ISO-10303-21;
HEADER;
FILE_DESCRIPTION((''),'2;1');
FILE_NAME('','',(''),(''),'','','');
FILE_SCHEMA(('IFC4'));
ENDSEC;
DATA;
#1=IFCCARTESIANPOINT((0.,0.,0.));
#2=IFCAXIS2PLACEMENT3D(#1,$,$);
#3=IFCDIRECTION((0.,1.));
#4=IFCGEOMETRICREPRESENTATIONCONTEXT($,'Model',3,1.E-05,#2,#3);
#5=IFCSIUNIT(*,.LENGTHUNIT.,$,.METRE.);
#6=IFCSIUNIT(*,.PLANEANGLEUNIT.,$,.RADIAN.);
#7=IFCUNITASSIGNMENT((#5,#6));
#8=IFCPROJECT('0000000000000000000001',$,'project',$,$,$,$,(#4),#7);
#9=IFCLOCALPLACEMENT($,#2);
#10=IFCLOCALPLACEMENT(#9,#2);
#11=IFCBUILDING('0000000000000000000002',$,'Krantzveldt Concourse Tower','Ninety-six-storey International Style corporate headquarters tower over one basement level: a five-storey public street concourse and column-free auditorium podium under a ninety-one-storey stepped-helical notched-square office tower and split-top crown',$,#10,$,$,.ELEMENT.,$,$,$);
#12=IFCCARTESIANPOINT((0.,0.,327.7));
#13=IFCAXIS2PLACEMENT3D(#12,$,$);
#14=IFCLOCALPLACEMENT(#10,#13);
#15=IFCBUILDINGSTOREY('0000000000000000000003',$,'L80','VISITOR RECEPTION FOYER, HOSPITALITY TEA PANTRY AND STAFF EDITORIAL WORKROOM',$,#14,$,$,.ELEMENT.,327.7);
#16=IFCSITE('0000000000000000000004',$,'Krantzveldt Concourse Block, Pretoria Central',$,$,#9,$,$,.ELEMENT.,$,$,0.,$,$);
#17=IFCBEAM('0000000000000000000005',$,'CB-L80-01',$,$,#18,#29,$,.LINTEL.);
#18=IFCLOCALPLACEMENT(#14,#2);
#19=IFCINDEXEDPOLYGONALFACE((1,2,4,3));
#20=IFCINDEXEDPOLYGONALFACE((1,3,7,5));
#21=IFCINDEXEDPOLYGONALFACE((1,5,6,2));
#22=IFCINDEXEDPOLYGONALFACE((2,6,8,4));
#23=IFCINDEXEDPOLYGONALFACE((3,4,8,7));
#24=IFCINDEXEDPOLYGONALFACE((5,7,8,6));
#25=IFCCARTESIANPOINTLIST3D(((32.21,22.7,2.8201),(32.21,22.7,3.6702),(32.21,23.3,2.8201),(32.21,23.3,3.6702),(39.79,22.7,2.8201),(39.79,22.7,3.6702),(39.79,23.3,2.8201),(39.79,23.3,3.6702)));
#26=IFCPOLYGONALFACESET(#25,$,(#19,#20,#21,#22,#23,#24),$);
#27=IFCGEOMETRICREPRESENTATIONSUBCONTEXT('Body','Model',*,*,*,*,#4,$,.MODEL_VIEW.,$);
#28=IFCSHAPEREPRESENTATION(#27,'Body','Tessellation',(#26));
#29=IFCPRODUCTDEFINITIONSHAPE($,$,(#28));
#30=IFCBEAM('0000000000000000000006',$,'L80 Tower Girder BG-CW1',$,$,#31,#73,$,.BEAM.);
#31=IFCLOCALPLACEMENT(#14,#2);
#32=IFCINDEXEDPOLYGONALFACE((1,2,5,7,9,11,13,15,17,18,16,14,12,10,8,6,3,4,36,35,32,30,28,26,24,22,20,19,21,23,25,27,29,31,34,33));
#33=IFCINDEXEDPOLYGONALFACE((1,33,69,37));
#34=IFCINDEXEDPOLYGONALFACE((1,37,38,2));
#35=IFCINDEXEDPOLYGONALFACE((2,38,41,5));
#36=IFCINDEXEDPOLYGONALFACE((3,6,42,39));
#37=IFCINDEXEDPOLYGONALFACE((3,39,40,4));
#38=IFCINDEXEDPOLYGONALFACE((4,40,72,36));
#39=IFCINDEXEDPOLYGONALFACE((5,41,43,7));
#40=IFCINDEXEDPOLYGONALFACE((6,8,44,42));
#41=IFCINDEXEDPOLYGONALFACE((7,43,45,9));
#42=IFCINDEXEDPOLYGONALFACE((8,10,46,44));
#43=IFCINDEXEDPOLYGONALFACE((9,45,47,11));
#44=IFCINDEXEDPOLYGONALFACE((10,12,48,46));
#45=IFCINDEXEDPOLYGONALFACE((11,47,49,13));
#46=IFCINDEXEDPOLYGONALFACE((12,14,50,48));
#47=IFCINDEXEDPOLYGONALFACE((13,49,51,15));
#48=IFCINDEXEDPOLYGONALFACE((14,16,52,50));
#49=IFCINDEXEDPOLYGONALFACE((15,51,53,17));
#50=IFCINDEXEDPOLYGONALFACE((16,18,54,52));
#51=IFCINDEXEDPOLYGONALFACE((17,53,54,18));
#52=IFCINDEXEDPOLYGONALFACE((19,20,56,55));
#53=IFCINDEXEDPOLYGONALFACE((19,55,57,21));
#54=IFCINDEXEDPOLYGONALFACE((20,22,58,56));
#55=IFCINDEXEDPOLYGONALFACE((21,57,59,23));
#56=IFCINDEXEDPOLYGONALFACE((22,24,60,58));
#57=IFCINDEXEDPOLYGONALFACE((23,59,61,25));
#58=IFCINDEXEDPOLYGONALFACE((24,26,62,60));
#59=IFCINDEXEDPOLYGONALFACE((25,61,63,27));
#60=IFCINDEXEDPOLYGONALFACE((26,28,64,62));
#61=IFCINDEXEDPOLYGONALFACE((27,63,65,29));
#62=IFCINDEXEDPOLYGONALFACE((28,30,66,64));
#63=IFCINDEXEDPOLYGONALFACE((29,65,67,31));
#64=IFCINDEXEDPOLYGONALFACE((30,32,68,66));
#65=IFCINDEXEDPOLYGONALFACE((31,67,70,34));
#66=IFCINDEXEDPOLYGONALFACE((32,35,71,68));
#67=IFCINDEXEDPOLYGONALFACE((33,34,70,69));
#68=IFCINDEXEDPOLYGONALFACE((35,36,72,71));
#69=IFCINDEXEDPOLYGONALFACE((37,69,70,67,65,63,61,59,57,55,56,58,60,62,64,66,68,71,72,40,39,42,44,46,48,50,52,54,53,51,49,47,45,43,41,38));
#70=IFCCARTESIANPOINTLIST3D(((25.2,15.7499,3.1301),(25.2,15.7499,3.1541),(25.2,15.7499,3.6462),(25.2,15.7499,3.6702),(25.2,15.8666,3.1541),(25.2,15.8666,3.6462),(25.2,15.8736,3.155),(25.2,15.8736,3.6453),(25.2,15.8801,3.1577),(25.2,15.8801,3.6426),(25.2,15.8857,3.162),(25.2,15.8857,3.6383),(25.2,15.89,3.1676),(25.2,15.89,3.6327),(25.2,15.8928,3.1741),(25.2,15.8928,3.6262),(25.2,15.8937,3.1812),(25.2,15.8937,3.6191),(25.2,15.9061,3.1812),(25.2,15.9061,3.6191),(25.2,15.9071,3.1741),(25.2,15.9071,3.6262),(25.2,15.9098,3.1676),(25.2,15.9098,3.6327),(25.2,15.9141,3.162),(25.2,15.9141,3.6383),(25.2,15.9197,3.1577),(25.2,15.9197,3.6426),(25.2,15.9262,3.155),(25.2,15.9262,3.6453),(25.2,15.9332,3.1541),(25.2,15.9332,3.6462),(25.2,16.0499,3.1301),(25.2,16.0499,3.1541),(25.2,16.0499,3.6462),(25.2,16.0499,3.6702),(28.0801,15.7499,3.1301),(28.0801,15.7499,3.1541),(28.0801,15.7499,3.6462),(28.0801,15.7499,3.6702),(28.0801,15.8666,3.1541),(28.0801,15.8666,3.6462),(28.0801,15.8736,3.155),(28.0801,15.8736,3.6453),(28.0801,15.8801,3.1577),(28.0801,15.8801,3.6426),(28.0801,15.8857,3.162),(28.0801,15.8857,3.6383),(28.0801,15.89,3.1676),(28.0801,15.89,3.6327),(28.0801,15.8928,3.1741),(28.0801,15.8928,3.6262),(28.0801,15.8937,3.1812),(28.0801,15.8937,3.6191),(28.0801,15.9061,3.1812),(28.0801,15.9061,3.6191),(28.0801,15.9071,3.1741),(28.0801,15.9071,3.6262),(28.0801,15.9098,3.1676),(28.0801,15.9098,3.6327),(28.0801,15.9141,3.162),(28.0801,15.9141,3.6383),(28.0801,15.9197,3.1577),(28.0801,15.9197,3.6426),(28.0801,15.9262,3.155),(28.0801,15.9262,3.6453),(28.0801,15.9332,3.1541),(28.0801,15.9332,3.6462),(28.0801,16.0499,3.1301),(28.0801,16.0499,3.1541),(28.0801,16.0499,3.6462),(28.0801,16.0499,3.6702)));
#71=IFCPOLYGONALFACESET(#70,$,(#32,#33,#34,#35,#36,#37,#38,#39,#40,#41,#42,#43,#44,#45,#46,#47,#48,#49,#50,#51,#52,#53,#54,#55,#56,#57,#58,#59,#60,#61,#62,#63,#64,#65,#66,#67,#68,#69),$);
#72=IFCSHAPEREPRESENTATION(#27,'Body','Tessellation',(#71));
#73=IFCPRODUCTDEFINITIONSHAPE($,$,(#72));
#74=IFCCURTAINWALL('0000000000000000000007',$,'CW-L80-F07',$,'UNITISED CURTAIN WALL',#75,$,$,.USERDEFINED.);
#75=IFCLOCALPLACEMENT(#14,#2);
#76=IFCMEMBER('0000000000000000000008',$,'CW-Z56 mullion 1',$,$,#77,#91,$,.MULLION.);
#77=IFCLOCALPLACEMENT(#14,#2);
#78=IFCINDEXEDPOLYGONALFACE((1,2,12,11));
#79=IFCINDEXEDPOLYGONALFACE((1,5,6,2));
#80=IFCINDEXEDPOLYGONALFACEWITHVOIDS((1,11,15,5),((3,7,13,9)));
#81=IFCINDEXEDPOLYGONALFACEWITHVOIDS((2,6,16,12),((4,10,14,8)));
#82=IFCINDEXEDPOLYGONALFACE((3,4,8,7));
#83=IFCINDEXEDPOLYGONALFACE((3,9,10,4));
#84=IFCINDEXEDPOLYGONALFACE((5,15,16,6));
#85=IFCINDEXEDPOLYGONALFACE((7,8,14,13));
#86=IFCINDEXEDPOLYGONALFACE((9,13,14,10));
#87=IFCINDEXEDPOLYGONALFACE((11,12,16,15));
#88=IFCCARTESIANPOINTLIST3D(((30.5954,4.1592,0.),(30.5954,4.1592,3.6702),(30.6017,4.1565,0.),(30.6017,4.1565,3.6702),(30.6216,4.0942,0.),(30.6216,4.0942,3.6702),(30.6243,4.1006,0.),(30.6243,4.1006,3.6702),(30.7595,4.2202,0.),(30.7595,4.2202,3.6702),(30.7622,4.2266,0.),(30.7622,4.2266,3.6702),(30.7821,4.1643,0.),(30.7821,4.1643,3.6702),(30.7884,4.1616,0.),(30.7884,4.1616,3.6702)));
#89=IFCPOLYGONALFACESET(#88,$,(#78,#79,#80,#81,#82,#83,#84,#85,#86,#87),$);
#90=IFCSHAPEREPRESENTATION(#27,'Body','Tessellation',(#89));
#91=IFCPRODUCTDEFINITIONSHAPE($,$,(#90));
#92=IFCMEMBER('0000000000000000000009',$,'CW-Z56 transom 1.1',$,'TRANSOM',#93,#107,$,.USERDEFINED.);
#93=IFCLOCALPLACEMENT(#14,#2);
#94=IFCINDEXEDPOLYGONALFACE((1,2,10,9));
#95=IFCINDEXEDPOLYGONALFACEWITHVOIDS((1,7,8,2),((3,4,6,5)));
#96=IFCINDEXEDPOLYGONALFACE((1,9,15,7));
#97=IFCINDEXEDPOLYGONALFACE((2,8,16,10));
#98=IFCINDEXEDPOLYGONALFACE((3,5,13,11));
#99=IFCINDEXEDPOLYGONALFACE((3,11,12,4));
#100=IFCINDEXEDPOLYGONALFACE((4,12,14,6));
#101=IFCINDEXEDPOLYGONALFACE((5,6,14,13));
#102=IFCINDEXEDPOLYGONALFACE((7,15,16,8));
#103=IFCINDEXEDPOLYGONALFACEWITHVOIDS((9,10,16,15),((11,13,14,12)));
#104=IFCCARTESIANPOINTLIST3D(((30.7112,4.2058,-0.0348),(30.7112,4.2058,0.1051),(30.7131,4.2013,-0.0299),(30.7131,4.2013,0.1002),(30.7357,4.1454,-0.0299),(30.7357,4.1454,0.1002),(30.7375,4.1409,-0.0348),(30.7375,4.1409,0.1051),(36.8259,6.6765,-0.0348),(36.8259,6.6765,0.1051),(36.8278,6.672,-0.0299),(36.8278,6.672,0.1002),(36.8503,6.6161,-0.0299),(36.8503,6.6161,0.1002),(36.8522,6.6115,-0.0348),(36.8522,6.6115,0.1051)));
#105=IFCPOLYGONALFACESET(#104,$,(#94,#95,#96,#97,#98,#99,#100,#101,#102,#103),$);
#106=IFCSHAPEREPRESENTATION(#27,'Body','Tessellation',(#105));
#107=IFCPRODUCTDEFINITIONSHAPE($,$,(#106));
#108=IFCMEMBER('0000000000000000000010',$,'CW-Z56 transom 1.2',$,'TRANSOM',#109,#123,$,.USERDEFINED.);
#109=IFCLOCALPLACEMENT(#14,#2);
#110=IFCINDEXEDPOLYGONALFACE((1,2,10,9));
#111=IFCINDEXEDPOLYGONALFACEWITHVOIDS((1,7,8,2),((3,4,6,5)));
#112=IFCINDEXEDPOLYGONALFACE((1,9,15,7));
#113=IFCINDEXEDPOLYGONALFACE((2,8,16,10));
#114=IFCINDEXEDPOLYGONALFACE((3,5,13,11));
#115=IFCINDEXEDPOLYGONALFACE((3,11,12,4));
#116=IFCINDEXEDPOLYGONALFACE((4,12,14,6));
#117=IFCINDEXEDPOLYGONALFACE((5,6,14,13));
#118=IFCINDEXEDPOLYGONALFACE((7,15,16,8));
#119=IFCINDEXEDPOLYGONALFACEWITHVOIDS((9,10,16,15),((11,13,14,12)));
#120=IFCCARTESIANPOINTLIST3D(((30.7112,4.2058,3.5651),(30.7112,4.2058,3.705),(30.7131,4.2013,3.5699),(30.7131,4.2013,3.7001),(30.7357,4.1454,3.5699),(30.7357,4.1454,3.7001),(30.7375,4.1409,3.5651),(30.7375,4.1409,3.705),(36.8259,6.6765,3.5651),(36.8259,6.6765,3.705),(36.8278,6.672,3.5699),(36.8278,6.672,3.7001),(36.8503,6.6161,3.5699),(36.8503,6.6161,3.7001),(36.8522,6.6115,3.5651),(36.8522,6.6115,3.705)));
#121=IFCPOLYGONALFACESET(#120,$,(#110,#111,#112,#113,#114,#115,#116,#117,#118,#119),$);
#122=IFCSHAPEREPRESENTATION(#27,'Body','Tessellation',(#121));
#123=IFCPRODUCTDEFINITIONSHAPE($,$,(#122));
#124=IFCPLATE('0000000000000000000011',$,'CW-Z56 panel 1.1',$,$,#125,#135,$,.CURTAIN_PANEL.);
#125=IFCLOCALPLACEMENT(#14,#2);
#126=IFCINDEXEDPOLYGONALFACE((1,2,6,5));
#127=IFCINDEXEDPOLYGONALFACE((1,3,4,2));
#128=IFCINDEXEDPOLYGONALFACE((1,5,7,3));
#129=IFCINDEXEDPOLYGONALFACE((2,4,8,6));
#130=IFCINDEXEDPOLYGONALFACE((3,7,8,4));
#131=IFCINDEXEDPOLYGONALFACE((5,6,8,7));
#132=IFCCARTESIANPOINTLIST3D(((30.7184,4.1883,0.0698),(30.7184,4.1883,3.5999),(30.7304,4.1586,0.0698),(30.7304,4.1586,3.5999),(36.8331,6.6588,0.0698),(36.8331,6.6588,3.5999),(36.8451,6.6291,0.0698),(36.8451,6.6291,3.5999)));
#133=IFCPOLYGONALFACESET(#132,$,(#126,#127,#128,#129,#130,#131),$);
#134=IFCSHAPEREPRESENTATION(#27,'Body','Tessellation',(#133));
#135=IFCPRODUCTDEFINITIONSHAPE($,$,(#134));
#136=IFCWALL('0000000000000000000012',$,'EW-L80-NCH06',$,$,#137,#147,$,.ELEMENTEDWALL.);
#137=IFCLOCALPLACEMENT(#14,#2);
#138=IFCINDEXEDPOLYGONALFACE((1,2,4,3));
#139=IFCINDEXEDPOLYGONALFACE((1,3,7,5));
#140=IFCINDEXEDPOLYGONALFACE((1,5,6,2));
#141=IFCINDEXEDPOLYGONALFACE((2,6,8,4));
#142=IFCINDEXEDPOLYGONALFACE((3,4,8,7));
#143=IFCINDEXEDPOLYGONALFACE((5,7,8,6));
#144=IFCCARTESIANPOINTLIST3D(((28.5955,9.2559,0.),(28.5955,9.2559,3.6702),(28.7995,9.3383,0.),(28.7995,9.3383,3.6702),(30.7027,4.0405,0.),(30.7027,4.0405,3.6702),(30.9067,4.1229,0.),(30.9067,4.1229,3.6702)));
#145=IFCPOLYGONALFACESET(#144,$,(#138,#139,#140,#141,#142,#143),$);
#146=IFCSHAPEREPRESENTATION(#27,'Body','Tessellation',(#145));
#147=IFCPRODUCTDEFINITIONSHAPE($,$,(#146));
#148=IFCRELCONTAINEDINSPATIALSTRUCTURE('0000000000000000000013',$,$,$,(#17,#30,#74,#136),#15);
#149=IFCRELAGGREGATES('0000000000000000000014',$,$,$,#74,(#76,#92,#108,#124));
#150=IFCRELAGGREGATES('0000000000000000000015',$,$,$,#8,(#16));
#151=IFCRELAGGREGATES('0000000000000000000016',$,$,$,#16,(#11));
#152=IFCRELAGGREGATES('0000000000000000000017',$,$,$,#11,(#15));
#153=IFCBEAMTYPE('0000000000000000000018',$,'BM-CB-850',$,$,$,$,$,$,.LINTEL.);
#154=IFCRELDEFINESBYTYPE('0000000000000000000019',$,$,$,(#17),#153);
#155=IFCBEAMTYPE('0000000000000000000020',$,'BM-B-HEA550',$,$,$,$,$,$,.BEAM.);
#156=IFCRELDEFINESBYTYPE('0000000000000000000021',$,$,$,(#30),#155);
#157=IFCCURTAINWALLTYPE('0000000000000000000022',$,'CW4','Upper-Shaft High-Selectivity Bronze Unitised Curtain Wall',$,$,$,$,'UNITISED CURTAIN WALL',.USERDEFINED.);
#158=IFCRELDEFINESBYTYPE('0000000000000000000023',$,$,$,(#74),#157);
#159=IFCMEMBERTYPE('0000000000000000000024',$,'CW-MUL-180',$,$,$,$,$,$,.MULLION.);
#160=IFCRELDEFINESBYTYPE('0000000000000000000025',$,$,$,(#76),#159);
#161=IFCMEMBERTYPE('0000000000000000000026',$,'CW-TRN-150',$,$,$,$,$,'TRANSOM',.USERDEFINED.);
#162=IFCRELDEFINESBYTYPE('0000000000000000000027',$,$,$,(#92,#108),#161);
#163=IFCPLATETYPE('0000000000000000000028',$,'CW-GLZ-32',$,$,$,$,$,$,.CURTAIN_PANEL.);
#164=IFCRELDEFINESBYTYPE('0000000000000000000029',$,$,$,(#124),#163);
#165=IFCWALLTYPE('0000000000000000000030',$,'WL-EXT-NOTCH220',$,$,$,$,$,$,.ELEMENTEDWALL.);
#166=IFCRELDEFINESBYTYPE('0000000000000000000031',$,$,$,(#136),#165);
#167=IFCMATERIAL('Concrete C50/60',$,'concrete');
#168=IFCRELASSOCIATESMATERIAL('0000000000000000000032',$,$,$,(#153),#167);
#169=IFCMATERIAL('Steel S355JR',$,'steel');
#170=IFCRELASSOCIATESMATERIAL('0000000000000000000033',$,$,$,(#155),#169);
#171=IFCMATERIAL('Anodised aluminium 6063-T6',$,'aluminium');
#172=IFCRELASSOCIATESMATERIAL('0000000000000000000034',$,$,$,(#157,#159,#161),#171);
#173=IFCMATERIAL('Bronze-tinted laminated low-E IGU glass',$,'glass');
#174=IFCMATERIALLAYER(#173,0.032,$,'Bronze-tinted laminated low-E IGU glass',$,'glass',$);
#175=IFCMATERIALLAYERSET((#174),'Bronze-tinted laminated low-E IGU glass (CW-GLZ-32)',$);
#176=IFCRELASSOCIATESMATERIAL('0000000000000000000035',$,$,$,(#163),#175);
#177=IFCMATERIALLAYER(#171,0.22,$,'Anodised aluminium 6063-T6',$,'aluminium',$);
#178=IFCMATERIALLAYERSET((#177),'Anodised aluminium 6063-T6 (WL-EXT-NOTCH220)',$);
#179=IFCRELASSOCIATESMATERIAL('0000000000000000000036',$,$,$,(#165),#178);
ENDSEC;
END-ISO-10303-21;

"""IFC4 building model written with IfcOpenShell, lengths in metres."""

from ifc_helpers import new_model, si_unit, direction, frame, frame_2d, origin, origin_2d, place, context, subcontext, project, spatial, rectangle, hollow_rectangle, i_section, extrude, source, transform, mapped, material, layer, layer_set, material_profile, profile_set, type_object, type_shapes, element, aggregate, save


model = new_model("IFC4")

# Units and contexts
model_context = context("Model", 3, precision=1e-05, world=origin(), true_north=direction((0.0, 1.0)))
body_context = subcontext(model_context, "Body", "Model", "MODEL_VIEW")
ifc_project = project(units=[si_unit("LENGTHUNIT", "METRE"), si_unit("PLANEANGLEUNIT", "RADIAN")], contexts=[model_context])

# Site, building, storey
site_placement = place(None, origin())
site = spatial("IfcSite", under=ifc_project, at=site_placement, Name="Krantzveldt Concourse Block, Pretoria Central", CompositionType="ELEMENT", RefElevation=0.0)
building_placement = place(site_placement, origin())
building = spatial("IfcBuilding", under=site, at=building_placement, Name="Krantzveldt Concourse Tower", Description="Ninety-six-storey International Style corporate headquarters tower over one basement level: a five-storey public street concourse and column-free auditorium podium under a ninety-one-storey stepped-helical notched-square office tower and split-top crown", CompositionType="ELEMENT")
storey_placement = place(building_placement, frame((0.0, 0.0, 327.7)))
storey = spatial("IfcBuildingStorey", under=building, at=storey_placement, Name="L80", Description="VISITOR RECEPTION FOYER, HOSPITALITY TEA PANTRY AND STAFF EDITORIAL WORKROOM", CompositionType="ELEMENT", Elevation=327.7)

# Beams
ifc_material_1 = material(Name="Concrete C50/60", Category="concrete")
ifc_material_profile_1 = material_profile(ifc_material_1, rectangle(XDim=0.6001, YDim=0.8501, at=origin_2d()), Name="Concrete C50/60", Category="concrete")
ifc_profile_set_1 = profile_set([ifc_material_profile_1], Name="Concrete C50/60 - RC-CB 600x850")
beam_type_1 = type_object("IfcBeamType", Name="BM-CB-850", PredefinedType="LINTEL", material=ifc_profile_set_1)
shared_shape_1 = source(origin(), body_context, "Body", "SweptSolid", [
    extrude(rectangle(XDim=0.6001, YDim=0.8501, at=origin_2d()), origin(), (0.0, 0.0, 1.0), 7.5801),
])
type_shapes(beam_type_1, [shared_shape_1])
beam_1_placement = place(storey_placement, frame((32.21, 23.0, 3.2451), z_axis=(1.0, 0.0, 0.0), x_axis=(0.0, 1.0, 0.0)))
element("IfcBeam", 1, at=beam_1_placement, inside=storey, type_object=beam_type_1, Name="CB-L80-01", PredefinedType="LINTEL", context=body_context, shape_type="MappedRepresentation", body=[
    mapped(shared_shape_1, transform((0.0, 0.0, 0.0), x_axis=(1.0, 0.0, 0.0), y_axis=(0.0, 1.0, 0.0), z_axis=(0.0, 0.0, 1.0), scale=1.0)),
])
ifc_material_2 = material(Name="Steel S355JR", Category="steel")
ifc_material_profile_2 = material_profile(ifc_material_2, i_section(OverallWidth=0.3, OverallDepth=0.54, WebThickness=0.0125, FlangeThickness=0.0239, FilletRadius=0.0271, at=origin_2d()), Name="Steel S355JR", Category="steel")
ifc_profile_set_2 = profile_set([ifc_material_profile_2], Name="Steel S355JR - HEA 550")
beam_type_2 = type_object("IfcBeamType", Name="BM-B-HEA550", PredefinedType="BEAM", material=ifc_profile_set_2)
shared_shape_2 = source(origin(), body_context, "Body", "SweptSolid", [
    extrude(i_section(OverallWidth=0.3, OverallDepth=0.54, WebThickness=0.0125, FlangeThickness=0.0239, FilletRadius=0.0271, at=origin_2d()), origin(), (0.0, 0.0, 1.0), 2.8801),
])
type_shapes(beam_type_2, [shared_shape_2])
beam_2_placement = place(storey_placement, frame((25.2, 15.8999, 3.4001), z_axis=(1.0, 0.0, 0.0), x_axis=(0.0, 1.0, 0.0)))
element("IfcBeam", 2, at=beam_2_placement, inside=storey, type_object=beam_type_2, Name="L80 Tower Girder BG-CW1", PredefinedType="BEAM", context=body_context, shape_type="MappedRepresentation", body=[
    mapped(shared_shape_2, transform((0.0, 0.0, 0.0), x_axis=(1.0, 0.0, 0.0), y_axis=(0.0, 1.0, 0.0), z_axis=(0.0, 0.0, 1.0), scale=1.0)),
])

# Curtain wall, members, plate
ifc_material_3 = material(Name="Anodised aluminium 6063-T6", Category="aluminium")
curtain_wall_type = type_object("IfcCurtainWallType", Name="CW4", Description="Upper-Shaft High-Selectivity Bronze Unitised Curtain Wall", ElementType="UNITISED CURTAIN WALL", PredefinedType="USERDEFINED", material=ifc_material_3)
curtain_wall_placement = place(storey_placement, origin())
curtain_wall = element("IfcCurtainWall", 3, at=curtain_wall_placement, inside=storey, type_object=curtain_wall_type, Name="CW-L80-F07", ObjectType="UNITISED CURTAIN WALL", PredefinedType="USERDEFINED")
ifc_material_profile_3 = material_profile(ifc_material_3, hollow_rectangle(XDim=0.0701, YDim=0.1799, WallThickness=0.0049, at=origin_2d()), Name="Anodised aluminium 6063-T6", Category="aluminium")
ifc_profile_set_3 = profile_set([ifc_material_profile_3], Name="Anodised aluminium 6063-T6 - ALU-MULL 180x70x5")
member_type_1 = type_object("IfcMemberType", Name="CW-MUL-180", PredefinedType="MULLION", material=ifc_profile_set_3)
shared_shape_3 = source(origin(), body_context, "Body", "SweptSolid", [
    extrude(hollow_rectangle(XDim=0.0701, YDim=0.1799, WallThickness=0.0049, at=origin_2d()), origin(), (0.0, 0.0, 1.0), 3.6702),
])
type_shapes(member_type_1, [shared_shape_3])
member_1_placement = place(storey_placement, frame((30.6919, 4.1604, 0.0), z_axis=(0.0, 0.0, 1.0), x_axis=(-0.374607, 0.927184, 0.0)))
member_1 = element("IfcMember", 4, at=member_1_placement, type_object=member_type_1, Name="CW-Z56 mullion 1", PredefinedType="MULLION", context=body_context, shape_type="MappedRepresentation", body=[
    mapped(shared_shape_3, transform((0.0, 0.0, 0.0), x_axis=(1.0, 0.0, 0.0), y_axis=(0.0, 1.0, 0.0), z_axis=(0.0, 0.0, 1.0), scale=1.0)),
])
ifc_material_profile_4 = material_profile(ifc_material_3, hollow_rectangle(XDim=0.0701, YDim=0.1399, WallThickness=0.0049, at=origin_2d()), Name="Anodised aluminium 6063-T6", Category="aluminium")
ifc_profile_set_4 = profile_set([ifc_material_profile_4], Name="Anodised aluminium 6063-T6 - ALU-TRAN 140x70x5")
member_type_2 = type_object("IfcMemberType", Name="CW-TRN-150", ElementType="TRANSOM", PredefinedType="USERDEFINED", material=ifc_profile_set_4)
shared_shape_4 = source(origin(), body_context, "Body", "SweptSolid", [
    extrude(hollow_rectangle(XDim=0.0701, YDim=0.1399, WallThickness=0.0049, at=origin_2d()), origin(), (0.0, 0.0, 1.0), 6.595),
])
type_shapes(member_type_2, [shared_shape_4])
member_2_placement = place(storey_placement, frame((30.7244, 4.1733, 0.0352), z_axis=(0.927174, 0.374631, 0.0), x_axis=(-0.374631, 0.927174, 0.0)))
member_2 = element("IfcMember", 5, at=member_2_placement, type_object=member_type_2, Name="CW-Z56 transom 1.1", ObjectType="TRANSOM", PredefinedType="USERDEFINED", context=body_context, shape_type="MappedRepresentation", body=[
    mapped(shared_shape_4, transform((0.0, 0.0, 0.0), x_axis=(1.0, 0.0, 0.0), y_axis=(0.0, 1.0, 0.0), z_axis=(0.0, 0.0, 1.0), scale=1.0)),
])
member_3_placement = place(storey_placement, frame((30.7244, 4.1733, 3.635), z_axis=(0.927174, 0.374631, 0.0), x_axis=(-0.374631, 0.927174, 0.0)))
member_3 = element("IfcMember", 6, at=member_3_placement, type_object=member_type_2, Name="CW-Z56 transom 1.2", ObjectType="TRANSOM", PredefinedType="USERDEFINED", context=body_context, shape_type="MappedRepresentation", body=[
    mapped(shared_shape_4, transform((0.0, 0.0, 0.0), x_axis=(1.0, 0.0, 0.0), y_axis=(0.0, 1.0, 0.0), z_axis=(0.0, 0.0, 1.0), scale=1.0)),
])
ifc_material_4 = material(Name="Bronze-tinted laminated low-E IGU glass", Category="glass")
ifc_layer_1 = layer(ifc_material_4, 0.032, Name="Bronze-tinted laminated low-E IGU glass", Category="glass")
ifc_layer_set_1 = layer_set([ifc_layer_1], Name="Bronze-tinted laminated low-E IGU glass (CW-GLZ-32)")
plate_type = type_object("IfcPlateType", Name="CW-GLZ-32", PredefinedType="CURTAIN_PANEL", material=ifc_layer_set_1)
shared_shape_5 = source(origin(), body_context, "Body", "SweptSolid", [
    extrude(rectangle(XDim=6.595, YDim=0.032, at=origin_2d()), origin(), (0.0, 0.0, 1.0), 3.53),
])
type_shapes(plate_type, [shared_shape_5])
plate_placement = place(storey_placement, frame((33.7817, 5.4087, 0.0698), z_axis=(0.0, 0.0, 1.0), x_axis=(0.927184, 0.374607, 0.0)))
plate = element("IfcPlate", 7, at=plate_placement, type_object=plate_type, Name="CW-Z56 panel 1.1", PredefinedType="CURTAIN_PANEL", context=body_context, shape_type="MappedRepresentation", body=[
    mapped(shared_shape_5, transform((0.0, 0.0, 0.0), x_axis=(1.0, 0.0, 0.0), y_axis=(0.0, 1.0, 0.0), z_axis=(0.0, 0.0, 1.0), scale=1.0)),
])
aggregate(curtain_wall, [member_1, member_2, member_3, plate])

# Wall
ifc_layer_2 = layer(ifc_material_3, 0.22, Name="Anodised aluminium 6063-T6", Category="aluminium")
ifc_layer_set_2 = layer_set([ifc_layer_2], Name="Anodised aluminium 6063-T6 (WL-EXT-NOTCH220)")
wall_type_1 = type_object("IfcWallType", Name="WL-EXT-NOTCH220", PredefinedType="ELEMENTEDWALL", material=ifc_layer_set_2)
wall_1_placement = place(storey_placement, frame((28.6975, 9.2971, 0.0), z_axis=(0.0, 0.0, 1.0), x_axis=(0.374614, -0.927181, 0.0)))
element("IfcWall", 8, at=wall_1_placement, inside=storey, type_object=wall_type_1, Name="EW-L80-NCH06", PredefinedType="ELEMENTEDWALL", context=body_context, shape_type="SweptSolid", body=[
    extrude(rectangle(XDim=5.625, YDim=0.22, at=frame_2d((2.8125, 0.0))), origin(), (0.0, 0.0, 1.0), 3.6702),
])

save(model, "model.ifc")
